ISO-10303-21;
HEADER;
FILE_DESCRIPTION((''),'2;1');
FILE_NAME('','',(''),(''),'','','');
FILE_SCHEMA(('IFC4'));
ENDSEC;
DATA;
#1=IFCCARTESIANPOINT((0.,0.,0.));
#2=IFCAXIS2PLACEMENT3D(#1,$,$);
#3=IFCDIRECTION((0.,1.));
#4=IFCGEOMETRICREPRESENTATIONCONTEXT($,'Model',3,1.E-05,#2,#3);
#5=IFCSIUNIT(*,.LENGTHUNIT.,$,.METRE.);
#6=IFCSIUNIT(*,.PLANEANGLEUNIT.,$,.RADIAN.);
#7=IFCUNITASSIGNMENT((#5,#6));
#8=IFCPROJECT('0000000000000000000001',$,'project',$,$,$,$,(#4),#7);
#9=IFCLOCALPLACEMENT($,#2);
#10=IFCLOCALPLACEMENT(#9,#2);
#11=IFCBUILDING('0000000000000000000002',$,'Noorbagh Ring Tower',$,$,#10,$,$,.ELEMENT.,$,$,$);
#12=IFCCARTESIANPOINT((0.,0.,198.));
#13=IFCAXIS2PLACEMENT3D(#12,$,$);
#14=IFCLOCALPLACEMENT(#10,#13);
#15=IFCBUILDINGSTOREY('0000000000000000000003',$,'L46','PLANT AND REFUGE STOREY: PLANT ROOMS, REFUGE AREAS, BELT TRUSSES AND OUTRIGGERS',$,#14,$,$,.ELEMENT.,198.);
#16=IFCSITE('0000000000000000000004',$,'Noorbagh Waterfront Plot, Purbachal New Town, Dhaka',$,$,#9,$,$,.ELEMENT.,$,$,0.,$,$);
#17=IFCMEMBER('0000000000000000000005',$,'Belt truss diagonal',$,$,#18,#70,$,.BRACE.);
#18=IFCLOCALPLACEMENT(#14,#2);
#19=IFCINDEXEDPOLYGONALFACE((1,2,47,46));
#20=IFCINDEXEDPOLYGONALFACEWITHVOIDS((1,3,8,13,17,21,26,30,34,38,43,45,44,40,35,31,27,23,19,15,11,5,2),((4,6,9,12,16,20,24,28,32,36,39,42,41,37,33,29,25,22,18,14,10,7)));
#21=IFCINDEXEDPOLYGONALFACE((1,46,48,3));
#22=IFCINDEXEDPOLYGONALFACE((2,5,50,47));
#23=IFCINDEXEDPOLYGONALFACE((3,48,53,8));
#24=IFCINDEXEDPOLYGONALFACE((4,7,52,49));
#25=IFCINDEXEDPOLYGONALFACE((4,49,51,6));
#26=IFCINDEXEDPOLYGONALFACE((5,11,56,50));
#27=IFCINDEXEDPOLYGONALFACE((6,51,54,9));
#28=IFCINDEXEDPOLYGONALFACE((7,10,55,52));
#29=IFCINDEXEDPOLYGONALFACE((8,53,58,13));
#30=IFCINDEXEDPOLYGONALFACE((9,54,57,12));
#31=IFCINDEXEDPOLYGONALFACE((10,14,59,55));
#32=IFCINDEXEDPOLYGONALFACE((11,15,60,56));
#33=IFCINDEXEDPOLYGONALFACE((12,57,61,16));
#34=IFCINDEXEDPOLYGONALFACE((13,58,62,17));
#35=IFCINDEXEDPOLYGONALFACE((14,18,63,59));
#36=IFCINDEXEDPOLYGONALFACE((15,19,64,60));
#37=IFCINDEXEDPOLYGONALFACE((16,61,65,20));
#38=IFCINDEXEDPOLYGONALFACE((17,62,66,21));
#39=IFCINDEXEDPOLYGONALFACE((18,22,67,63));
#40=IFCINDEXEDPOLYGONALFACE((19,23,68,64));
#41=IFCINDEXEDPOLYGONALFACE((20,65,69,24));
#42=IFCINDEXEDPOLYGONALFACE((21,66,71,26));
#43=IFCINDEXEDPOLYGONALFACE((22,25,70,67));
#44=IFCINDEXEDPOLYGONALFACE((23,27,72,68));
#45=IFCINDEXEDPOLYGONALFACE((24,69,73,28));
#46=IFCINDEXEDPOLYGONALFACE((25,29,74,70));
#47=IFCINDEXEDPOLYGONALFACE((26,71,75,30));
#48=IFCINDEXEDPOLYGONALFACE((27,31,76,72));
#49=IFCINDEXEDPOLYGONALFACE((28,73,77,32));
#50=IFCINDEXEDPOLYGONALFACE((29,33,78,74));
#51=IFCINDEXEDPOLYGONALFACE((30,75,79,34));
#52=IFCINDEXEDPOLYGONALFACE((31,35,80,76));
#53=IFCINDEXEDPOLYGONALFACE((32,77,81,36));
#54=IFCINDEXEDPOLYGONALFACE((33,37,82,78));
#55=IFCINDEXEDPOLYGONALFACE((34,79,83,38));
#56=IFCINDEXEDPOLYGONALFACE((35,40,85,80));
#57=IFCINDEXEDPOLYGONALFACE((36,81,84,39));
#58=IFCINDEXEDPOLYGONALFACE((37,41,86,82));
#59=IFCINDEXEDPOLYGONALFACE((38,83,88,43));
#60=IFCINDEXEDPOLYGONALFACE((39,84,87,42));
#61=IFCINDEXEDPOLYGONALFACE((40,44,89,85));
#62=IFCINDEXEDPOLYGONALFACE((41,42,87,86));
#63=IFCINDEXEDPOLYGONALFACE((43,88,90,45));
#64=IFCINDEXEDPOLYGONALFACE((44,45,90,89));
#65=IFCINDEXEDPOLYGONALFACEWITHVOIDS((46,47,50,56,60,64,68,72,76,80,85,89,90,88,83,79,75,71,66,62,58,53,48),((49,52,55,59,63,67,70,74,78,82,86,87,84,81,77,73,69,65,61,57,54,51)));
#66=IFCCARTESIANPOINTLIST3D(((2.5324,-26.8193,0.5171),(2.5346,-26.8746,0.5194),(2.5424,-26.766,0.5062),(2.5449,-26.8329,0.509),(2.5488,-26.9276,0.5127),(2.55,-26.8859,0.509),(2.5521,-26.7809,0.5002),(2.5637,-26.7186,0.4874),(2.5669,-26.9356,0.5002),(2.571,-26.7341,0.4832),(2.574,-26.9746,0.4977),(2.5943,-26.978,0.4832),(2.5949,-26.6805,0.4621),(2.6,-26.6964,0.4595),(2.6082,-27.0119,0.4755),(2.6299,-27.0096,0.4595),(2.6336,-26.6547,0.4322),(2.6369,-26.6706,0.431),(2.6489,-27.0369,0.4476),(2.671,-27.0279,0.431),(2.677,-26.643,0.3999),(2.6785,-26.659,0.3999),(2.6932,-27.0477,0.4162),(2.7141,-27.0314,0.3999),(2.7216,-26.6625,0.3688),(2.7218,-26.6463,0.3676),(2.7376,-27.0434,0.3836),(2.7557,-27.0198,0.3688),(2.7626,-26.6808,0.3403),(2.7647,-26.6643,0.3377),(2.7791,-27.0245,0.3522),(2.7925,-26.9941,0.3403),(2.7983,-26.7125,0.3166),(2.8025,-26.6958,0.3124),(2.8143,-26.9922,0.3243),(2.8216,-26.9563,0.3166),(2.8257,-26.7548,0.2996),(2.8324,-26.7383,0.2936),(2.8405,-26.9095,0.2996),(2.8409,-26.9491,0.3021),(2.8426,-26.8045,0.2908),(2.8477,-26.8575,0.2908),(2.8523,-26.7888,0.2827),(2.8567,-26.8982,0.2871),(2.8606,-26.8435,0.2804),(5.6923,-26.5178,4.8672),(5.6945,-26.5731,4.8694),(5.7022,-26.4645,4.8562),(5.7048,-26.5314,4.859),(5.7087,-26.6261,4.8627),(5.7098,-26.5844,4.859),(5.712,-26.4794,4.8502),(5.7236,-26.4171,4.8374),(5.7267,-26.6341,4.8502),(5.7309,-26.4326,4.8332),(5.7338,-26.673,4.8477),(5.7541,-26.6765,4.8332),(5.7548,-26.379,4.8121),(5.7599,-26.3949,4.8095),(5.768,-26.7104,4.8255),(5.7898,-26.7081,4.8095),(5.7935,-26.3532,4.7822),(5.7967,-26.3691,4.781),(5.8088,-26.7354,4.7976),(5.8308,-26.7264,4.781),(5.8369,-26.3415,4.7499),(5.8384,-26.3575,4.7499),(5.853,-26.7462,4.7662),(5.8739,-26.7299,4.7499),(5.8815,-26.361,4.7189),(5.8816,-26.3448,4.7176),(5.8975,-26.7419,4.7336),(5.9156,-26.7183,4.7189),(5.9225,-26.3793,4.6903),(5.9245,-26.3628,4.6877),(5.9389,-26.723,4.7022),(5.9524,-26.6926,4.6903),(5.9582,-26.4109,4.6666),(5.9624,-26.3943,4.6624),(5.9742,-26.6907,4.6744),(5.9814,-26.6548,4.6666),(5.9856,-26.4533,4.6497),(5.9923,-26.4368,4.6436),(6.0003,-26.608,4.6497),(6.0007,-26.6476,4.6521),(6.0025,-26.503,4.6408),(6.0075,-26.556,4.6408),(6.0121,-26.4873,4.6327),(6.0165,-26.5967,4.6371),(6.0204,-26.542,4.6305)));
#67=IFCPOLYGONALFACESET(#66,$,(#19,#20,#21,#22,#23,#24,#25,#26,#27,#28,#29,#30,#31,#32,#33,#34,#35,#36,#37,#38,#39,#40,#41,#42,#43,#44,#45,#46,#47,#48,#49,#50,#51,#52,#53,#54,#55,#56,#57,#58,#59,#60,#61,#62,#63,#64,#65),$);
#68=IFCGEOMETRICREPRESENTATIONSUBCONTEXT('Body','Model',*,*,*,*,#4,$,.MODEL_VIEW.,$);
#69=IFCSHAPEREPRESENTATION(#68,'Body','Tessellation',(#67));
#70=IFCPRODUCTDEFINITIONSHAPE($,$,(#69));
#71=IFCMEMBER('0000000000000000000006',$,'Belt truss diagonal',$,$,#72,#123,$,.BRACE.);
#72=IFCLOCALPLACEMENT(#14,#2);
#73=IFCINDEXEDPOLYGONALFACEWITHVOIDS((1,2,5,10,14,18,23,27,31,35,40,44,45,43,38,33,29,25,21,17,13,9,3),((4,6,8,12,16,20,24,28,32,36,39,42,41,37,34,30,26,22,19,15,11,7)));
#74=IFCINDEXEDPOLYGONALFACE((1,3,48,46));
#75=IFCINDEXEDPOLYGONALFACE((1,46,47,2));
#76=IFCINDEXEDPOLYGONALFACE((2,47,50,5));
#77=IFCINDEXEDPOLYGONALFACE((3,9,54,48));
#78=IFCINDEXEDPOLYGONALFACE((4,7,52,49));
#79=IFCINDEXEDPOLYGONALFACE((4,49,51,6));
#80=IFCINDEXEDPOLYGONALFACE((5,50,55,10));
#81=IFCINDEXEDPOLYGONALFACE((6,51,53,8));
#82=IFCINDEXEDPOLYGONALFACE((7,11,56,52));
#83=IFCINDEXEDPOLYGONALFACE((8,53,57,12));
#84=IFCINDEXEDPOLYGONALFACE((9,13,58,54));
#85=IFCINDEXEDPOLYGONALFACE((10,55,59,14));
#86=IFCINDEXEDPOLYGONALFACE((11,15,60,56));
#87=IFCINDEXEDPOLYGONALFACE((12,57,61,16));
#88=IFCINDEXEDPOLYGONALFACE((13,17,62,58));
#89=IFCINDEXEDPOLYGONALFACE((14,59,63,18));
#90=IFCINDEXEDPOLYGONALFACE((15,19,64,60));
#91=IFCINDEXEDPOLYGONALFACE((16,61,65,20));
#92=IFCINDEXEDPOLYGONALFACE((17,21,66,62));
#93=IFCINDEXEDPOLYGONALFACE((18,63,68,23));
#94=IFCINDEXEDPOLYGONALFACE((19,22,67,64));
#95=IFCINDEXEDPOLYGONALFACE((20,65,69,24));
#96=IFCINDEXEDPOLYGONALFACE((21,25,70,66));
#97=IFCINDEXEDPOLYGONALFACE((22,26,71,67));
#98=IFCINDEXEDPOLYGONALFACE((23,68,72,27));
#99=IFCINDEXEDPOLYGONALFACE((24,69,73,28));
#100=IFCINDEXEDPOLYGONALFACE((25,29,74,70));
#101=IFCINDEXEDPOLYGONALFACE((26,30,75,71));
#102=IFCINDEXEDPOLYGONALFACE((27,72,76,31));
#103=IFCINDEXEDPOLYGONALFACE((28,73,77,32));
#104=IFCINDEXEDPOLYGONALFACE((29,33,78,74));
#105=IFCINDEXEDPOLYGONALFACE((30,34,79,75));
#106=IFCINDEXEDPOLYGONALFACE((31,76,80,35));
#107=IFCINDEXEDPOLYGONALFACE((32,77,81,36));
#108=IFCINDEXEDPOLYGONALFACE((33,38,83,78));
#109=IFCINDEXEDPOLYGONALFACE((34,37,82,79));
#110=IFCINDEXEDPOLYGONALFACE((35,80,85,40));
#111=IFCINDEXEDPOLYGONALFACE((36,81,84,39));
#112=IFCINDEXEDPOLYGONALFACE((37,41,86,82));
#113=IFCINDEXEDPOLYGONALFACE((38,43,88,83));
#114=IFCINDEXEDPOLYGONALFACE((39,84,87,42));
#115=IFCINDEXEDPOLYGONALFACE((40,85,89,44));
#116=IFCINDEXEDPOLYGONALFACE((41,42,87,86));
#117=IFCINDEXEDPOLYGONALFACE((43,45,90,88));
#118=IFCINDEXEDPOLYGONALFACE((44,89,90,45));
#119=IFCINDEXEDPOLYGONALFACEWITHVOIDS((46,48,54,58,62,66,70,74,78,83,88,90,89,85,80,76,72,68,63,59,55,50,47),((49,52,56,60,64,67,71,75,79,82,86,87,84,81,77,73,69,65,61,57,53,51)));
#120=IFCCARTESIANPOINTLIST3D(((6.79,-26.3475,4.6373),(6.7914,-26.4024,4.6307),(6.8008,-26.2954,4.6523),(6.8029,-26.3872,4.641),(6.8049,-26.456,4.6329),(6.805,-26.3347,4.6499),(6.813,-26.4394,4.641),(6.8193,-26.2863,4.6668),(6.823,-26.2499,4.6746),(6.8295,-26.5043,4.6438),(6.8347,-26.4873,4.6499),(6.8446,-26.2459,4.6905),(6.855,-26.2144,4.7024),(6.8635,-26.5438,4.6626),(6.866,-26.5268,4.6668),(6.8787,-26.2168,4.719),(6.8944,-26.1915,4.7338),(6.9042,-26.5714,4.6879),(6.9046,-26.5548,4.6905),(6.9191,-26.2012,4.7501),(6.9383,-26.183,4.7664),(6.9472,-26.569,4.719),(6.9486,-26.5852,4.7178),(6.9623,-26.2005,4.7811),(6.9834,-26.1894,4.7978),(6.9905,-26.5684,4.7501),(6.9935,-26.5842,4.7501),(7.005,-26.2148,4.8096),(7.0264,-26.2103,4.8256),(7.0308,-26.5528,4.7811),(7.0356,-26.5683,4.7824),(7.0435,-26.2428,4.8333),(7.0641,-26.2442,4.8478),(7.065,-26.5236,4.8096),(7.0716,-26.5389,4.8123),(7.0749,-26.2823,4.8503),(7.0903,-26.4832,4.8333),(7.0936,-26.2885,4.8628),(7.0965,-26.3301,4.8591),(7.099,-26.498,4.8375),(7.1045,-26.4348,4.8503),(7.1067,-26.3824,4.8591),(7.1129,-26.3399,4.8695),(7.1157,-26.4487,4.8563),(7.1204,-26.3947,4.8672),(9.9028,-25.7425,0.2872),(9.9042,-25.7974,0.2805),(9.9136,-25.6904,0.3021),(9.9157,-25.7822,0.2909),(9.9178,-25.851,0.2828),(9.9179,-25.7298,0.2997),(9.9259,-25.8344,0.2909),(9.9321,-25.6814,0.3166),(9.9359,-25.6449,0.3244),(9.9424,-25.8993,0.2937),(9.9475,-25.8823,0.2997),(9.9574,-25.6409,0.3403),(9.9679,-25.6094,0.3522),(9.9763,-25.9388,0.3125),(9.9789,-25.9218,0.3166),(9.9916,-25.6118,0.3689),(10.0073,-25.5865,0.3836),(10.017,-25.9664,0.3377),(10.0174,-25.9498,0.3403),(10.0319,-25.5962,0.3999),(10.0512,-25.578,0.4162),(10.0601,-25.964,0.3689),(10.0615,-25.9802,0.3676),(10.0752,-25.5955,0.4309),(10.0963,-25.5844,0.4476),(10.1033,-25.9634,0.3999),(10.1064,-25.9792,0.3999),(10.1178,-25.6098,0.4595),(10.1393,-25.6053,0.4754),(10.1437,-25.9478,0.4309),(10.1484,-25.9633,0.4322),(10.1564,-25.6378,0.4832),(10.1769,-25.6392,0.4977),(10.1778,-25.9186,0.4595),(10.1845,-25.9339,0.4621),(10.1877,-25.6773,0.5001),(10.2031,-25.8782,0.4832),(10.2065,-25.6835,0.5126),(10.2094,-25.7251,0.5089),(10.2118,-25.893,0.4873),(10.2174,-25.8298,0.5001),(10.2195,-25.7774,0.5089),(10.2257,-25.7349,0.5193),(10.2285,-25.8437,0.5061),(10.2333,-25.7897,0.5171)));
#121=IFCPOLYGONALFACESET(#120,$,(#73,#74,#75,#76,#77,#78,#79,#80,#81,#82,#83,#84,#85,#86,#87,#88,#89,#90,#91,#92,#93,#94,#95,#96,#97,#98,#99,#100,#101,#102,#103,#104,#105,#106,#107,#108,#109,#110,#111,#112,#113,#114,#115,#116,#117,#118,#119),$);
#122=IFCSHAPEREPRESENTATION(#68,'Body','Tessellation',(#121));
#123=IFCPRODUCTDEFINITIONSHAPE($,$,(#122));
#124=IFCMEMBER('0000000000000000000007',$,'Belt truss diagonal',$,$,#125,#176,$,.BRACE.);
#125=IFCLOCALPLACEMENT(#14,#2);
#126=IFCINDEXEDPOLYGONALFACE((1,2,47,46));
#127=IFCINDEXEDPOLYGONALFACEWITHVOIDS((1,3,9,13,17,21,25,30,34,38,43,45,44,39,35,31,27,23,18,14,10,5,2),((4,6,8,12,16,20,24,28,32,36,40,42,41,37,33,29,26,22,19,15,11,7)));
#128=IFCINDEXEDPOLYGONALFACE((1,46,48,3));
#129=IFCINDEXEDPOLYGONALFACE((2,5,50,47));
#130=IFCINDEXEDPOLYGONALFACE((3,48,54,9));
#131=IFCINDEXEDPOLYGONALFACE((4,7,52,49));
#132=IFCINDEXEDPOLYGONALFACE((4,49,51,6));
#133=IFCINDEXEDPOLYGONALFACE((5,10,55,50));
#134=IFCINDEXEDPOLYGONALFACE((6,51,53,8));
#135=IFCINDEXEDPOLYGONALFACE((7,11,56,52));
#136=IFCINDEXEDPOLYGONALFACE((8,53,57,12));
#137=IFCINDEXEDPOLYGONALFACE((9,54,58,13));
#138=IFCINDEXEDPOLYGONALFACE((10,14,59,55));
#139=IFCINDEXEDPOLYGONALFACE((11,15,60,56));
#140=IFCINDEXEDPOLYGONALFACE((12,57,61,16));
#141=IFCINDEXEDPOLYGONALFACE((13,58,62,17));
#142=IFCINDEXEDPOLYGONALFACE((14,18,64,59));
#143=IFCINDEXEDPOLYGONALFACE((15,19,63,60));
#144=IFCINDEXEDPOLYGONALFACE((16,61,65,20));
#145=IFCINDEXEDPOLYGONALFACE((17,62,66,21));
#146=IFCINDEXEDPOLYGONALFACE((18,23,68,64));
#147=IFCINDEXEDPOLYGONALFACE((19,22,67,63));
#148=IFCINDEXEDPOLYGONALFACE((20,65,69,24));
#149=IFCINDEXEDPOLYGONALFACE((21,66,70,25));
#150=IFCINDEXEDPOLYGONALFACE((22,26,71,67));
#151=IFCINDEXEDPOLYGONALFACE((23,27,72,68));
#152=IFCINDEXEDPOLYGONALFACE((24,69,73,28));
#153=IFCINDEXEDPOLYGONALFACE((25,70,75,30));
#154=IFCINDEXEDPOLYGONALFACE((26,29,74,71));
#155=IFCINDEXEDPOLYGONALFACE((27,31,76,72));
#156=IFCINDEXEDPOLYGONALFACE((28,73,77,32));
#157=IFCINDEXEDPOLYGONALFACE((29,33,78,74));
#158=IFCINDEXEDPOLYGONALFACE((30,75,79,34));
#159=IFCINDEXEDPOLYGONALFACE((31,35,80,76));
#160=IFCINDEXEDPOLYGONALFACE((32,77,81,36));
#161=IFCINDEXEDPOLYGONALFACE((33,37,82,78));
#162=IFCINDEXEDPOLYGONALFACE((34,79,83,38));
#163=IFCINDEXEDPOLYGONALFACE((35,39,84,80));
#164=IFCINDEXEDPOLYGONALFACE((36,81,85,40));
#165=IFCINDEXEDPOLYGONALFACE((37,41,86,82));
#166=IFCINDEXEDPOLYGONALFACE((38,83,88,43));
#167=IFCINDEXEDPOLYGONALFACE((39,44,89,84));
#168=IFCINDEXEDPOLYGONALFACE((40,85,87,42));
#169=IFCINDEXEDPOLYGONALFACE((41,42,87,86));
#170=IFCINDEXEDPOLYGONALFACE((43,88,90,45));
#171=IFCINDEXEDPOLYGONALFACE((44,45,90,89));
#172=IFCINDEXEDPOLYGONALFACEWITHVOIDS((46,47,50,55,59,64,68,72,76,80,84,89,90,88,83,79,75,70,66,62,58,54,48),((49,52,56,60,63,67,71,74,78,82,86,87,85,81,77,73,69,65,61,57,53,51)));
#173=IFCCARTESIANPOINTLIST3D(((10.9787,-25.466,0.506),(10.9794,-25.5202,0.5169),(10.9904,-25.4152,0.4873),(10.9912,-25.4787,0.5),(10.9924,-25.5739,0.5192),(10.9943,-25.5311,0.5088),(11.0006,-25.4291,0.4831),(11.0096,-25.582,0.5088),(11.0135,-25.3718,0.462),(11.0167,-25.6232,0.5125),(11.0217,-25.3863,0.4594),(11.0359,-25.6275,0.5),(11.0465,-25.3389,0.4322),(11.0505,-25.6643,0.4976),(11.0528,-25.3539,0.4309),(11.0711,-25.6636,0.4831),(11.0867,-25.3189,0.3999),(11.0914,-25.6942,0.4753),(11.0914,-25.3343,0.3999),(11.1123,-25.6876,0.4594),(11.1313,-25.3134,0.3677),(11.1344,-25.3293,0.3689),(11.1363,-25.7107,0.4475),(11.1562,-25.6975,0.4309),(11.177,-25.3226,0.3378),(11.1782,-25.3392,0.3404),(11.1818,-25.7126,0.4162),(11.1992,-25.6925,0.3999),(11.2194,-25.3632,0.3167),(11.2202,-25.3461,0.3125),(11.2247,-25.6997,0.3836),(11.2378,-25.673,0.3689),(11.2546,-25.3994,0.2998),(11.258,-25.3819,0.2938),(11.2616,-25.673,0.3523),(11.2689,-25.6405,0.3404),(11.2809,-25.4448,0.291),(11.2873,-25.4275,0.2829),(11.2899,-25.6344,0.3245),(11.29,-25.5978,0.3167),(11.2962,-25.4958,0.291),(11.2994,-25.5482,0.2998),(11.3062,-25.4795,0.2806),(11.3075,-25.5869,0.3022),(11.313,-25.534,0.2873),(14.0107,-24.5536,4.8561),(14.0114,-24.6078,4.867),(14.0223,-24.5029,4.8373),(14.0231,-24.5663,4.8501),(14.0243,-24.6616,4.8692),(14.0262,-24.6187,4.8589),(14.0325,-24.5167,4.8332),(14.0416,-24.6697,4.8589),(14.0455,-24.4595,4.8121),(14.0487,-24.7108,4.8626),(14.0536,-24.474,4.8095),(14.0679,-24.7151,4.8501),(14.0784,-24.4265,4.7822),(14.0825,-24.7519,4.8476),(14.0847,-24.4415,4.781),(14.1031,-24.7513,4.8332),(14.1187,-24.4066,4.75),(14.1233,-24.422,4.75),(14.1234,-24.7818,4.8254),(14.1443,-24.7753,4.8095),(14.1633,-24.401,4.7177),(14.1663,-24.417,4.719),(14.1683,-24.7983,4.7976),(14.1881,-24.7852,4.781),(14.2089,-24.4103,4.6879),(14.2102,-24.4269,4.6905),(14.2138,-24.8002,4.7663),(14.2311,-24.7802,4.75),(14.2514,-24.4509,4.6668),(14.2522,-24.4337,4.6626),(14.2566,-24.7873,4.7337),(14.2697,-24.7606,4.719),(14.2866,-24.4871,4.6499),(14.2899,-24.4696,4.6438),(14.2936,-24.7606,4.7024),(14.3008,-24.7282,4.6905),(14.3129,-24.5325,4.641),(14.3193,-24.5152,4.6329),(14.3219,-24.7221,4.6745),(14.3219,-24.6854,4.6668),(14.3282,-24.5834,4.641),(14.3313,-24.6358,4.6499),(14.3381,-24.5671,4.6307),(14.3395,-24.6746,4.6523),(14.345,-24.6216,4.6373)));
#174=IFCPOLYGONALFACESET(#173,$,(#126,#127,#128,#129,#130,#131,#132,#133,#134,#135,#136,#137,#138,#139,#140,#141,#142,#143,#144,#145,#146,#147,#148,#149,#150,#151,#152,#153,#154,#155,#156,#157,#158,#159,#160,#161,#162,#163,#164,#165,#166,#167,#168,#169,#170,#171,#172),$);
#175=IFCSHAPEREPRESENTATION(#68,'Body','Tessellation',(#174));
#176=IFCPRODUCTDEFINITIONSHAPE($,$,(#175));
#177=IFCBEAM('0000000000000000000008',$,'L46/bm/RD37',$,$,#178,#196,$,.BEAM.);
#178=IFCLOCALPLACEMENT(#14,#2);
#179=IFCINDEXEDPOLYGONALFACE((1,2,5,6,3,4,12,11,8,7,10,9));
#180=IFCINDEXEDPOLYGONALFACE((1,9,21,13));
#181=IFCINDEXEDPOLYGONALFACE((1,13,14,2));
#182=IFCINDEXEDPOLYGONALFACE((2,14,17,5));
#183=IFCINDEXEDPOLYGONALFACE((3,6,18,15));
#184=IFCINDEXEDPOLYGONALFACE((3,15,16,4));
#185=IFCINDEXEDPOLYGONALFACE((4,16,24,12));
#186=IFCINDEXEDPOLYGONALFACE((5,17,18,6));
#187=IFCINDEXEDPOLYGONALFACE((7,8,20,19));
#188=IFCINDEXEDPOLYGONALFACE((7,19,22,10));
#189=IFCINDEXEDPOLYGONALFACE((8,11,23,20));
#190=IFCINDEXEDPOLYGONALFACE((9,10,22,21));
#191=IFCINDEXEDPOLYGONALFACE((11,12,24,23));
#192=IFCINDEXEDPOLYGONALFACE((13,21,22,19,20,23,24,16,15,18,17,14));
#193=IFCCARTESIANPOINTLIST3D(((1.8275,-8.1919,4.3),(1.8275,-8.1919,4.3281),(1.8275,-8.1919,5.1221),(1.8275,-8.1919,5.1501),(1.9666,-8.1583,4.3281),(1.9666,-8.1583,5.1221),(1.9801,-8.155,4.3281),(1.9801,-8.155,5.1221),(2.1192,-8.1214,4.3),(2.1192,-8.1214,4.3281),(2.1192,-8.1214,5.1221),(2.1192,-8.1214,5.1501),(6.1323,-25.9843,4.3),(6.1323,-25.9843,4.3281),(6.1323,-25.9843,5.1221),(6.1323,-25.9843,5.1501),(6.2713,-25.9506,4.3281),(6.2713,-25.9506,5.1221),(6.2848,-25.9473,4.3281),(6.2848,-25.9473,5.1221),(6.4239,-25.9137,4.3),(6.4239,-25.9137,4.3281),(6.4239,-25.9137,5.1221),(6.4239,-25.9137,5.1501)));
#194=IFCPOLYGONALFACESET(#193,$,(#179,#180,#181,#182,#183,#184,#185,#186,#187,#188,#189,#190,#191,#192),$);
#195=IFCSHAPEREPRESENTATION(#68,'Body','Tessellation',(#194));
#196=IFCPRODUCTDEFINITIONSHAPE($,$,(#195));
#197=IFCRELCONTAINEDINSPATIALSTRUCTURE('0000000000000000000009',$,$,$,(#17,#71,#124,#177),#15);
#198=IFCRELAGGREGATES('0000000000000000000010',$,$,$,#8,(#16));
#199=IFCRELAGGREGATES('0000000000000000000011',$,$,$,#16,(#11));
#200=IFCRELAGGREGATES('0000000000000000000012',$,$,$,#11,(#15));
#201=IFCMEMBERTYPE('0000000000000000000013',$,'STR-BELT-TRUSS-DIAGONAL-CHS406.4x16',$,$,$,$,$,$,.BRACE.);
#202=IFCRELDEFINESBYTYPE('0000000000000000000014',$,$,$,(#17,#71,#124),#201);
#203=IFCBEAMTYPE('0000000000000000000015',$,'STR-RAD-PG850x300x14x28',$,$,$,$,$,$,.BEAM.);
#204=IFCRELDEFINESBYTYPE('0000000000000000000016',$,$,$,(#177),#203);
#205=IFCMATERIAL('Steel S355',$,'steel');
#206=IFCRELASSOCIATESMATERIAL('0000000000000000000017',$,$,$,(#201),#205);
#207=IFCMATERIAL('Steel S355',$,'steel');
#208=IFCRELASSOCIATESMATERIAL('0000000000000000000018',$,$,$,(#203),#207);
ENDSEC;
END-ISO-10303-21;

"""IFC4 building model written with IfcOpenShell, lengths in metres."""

from ifc_helpers import new_model, si_unit, direction, frame, origin, origin_2d, place, context, subcontext, project, spatial, hollow_circle, i_section, extrude, material, material_profile, profile_set, type_object, element, save


model = new_model("IFC4")

# Units and contexts
model_context = context("Model", 3, precision=1e-05, world=origin(), true_north=direction((0.0, 1.0)))
body_context = subcontext(model_context, "Body", "Model", "MODEL_VIEW")
ifc_project = project(units=[si_unit("LENGTHUNIT", "METRE"), si_unit("PLANEANGLEUNIT", "RADIAN")], contexts=[model_context])

# Site, building, storey
site_placement = place(None, origin())
site = spatial("IfcSite", under=ifc_project, at=site_placement, Name="Noorbagh Waterfront Plot, Purbachal New Town, Dhaka", CompositionType="ELEMENT", RefElevation=0.0)
building_placement = place(site_placement, origin())
building = spatial("IfcBuilding", under=site, at=building_placement, Name="Noorbagh Ring Tower", CompositionType="ELEMENT")
storey_placement = place(building_placement, frame((0.0, 0.0, 198.0)))
storey = spatial("IfcBuildingStorey", under=building, at=storey_placement, Name="L46", Description="PLANT AND REFUGE STOREY: PLANT ROOMS, REFUGE AREAS, BELT TRUSSES AND OUTRIGGERS", CompositionType="ELEMENT", Elevation=198.0)

# Members
ifc_material_1 = material(Name="Steel S355", Category="steel")
ifc_material_profile_1 = material_profile(ifc_material_1, hollow_circle(Radius=0.2031, WallThickness=0.0161, at=origin_2d()), Name="CHS406.4x16")
ifc_profile_set_1 = profile_set([ifc_material_profile_1], Name="Steel S355")
member_type = type_object("IfcMemberType", Name="STR-BELT-TRUSS-DIAGONAL-CHS406.4x16", PredefinedType="BRACE", material=ifc_profile_set_1)
member_1_placement = place(storey_placement, frame((2.6963, -26.8452, 0.3999), z_axis=(0.586788, 0.05599, 0.807803), x_axis=(-0.094987, 0.995479, 0.0)))
element("IfcMember", 1, at=member_1_placement, inside=storey, type_object=member_type, Name="Belt truss diagonal", PredefinedType="BRACE", context=body_context, shape_type="SweptSolid", body=[
    extrude(hollow_circle(Radius=0.2031, WallThickness=0.0161, at=origin_2d()), origin(), (0.0, 0.0, 1.0), 5.385),
])
member_2_placement = place(storey_placement, frame((10.0676, -25.7798, 0.3999), z_axis=(-0.578242, -0.112383, 0.808088), x_axis=(0.190783, -0.981632, 0.0)))
element("IfcMember", 2, at=member_2_placement, inside=storey, type_object=member_type, Name="Belt truss diagonal", PredefinedType="BRACE", context=body_context, shape_type="SweptSolid", body=[
    extrude(hollow_circle(Radius=0.2031, WallThickness=0.0161, at=origin_2d()), origin(), (0.0, 0.0, 1.0), 5.3833),
])
member_3_placement = place(storey_placement, frame((11.1453, -25.5134, 0.3999), z_axis=(0.563524, 0.16957, 0.808509), x_axis=(-0.288147, 0.957586, 0.0)))
element("IfcMember", 3, at=member_3_placement, inside=storey, type_object=member_type, Name="Belt truss diagonal", PredefinedType="BRACE", context=body_context, shape_type="SweptSolid", body=[
    extrude(hollow_circle(Radius=0.2031, WallThickness=0.0161, at=origin_2d()), origin(), (0.0, 0.0, 1.0), 5.3804),
])

# Beam
ifc_material_2 = material(Name="Steel S355", Category="steel")
ifc_material_profile_2 = material_profile(ifc_material_2, i_section(OverallWidth=0.3, OverallDepth=0.8501, WebThickness=0.0139, FlangeThickness=0.0281, at=origin_2d()), Name="PG850x300x14x28")
ifc_profile_set_2 = profile_set([ifc_material_profile_2], Name="Steel S355")
beam_type_1 = type_object("IfcBeamType", Name="STR-RAD-PG850x300x14x28", PredefinedType="BEAM", material=ifc_profile_set_2)
beam_placement = place(storey_placement, frame((6.2781, -25.949, 4.7251), z_axis=(-0.235157, 0.971957, 0.0), x_axis=(-0.971957, -0.235157, 0.0)))
element("IfcBeam", 4, at=beam_placement, inside=storey, type_object=beam_type_1, Name="L46/bm/RD37", PredefinedType="BEAM", context=body_context, shape_type="SweptSolid", body=[
    extrude(i_section(OverallWidth=0.3, OverallDepth=0.8501, WebThickness=0.0139, FlangeThickness=0.0281, at=origin_2d()), origin(), (0.0, 0.0, 1.0), 18.3057),
])

save(model, "model.ifc")
